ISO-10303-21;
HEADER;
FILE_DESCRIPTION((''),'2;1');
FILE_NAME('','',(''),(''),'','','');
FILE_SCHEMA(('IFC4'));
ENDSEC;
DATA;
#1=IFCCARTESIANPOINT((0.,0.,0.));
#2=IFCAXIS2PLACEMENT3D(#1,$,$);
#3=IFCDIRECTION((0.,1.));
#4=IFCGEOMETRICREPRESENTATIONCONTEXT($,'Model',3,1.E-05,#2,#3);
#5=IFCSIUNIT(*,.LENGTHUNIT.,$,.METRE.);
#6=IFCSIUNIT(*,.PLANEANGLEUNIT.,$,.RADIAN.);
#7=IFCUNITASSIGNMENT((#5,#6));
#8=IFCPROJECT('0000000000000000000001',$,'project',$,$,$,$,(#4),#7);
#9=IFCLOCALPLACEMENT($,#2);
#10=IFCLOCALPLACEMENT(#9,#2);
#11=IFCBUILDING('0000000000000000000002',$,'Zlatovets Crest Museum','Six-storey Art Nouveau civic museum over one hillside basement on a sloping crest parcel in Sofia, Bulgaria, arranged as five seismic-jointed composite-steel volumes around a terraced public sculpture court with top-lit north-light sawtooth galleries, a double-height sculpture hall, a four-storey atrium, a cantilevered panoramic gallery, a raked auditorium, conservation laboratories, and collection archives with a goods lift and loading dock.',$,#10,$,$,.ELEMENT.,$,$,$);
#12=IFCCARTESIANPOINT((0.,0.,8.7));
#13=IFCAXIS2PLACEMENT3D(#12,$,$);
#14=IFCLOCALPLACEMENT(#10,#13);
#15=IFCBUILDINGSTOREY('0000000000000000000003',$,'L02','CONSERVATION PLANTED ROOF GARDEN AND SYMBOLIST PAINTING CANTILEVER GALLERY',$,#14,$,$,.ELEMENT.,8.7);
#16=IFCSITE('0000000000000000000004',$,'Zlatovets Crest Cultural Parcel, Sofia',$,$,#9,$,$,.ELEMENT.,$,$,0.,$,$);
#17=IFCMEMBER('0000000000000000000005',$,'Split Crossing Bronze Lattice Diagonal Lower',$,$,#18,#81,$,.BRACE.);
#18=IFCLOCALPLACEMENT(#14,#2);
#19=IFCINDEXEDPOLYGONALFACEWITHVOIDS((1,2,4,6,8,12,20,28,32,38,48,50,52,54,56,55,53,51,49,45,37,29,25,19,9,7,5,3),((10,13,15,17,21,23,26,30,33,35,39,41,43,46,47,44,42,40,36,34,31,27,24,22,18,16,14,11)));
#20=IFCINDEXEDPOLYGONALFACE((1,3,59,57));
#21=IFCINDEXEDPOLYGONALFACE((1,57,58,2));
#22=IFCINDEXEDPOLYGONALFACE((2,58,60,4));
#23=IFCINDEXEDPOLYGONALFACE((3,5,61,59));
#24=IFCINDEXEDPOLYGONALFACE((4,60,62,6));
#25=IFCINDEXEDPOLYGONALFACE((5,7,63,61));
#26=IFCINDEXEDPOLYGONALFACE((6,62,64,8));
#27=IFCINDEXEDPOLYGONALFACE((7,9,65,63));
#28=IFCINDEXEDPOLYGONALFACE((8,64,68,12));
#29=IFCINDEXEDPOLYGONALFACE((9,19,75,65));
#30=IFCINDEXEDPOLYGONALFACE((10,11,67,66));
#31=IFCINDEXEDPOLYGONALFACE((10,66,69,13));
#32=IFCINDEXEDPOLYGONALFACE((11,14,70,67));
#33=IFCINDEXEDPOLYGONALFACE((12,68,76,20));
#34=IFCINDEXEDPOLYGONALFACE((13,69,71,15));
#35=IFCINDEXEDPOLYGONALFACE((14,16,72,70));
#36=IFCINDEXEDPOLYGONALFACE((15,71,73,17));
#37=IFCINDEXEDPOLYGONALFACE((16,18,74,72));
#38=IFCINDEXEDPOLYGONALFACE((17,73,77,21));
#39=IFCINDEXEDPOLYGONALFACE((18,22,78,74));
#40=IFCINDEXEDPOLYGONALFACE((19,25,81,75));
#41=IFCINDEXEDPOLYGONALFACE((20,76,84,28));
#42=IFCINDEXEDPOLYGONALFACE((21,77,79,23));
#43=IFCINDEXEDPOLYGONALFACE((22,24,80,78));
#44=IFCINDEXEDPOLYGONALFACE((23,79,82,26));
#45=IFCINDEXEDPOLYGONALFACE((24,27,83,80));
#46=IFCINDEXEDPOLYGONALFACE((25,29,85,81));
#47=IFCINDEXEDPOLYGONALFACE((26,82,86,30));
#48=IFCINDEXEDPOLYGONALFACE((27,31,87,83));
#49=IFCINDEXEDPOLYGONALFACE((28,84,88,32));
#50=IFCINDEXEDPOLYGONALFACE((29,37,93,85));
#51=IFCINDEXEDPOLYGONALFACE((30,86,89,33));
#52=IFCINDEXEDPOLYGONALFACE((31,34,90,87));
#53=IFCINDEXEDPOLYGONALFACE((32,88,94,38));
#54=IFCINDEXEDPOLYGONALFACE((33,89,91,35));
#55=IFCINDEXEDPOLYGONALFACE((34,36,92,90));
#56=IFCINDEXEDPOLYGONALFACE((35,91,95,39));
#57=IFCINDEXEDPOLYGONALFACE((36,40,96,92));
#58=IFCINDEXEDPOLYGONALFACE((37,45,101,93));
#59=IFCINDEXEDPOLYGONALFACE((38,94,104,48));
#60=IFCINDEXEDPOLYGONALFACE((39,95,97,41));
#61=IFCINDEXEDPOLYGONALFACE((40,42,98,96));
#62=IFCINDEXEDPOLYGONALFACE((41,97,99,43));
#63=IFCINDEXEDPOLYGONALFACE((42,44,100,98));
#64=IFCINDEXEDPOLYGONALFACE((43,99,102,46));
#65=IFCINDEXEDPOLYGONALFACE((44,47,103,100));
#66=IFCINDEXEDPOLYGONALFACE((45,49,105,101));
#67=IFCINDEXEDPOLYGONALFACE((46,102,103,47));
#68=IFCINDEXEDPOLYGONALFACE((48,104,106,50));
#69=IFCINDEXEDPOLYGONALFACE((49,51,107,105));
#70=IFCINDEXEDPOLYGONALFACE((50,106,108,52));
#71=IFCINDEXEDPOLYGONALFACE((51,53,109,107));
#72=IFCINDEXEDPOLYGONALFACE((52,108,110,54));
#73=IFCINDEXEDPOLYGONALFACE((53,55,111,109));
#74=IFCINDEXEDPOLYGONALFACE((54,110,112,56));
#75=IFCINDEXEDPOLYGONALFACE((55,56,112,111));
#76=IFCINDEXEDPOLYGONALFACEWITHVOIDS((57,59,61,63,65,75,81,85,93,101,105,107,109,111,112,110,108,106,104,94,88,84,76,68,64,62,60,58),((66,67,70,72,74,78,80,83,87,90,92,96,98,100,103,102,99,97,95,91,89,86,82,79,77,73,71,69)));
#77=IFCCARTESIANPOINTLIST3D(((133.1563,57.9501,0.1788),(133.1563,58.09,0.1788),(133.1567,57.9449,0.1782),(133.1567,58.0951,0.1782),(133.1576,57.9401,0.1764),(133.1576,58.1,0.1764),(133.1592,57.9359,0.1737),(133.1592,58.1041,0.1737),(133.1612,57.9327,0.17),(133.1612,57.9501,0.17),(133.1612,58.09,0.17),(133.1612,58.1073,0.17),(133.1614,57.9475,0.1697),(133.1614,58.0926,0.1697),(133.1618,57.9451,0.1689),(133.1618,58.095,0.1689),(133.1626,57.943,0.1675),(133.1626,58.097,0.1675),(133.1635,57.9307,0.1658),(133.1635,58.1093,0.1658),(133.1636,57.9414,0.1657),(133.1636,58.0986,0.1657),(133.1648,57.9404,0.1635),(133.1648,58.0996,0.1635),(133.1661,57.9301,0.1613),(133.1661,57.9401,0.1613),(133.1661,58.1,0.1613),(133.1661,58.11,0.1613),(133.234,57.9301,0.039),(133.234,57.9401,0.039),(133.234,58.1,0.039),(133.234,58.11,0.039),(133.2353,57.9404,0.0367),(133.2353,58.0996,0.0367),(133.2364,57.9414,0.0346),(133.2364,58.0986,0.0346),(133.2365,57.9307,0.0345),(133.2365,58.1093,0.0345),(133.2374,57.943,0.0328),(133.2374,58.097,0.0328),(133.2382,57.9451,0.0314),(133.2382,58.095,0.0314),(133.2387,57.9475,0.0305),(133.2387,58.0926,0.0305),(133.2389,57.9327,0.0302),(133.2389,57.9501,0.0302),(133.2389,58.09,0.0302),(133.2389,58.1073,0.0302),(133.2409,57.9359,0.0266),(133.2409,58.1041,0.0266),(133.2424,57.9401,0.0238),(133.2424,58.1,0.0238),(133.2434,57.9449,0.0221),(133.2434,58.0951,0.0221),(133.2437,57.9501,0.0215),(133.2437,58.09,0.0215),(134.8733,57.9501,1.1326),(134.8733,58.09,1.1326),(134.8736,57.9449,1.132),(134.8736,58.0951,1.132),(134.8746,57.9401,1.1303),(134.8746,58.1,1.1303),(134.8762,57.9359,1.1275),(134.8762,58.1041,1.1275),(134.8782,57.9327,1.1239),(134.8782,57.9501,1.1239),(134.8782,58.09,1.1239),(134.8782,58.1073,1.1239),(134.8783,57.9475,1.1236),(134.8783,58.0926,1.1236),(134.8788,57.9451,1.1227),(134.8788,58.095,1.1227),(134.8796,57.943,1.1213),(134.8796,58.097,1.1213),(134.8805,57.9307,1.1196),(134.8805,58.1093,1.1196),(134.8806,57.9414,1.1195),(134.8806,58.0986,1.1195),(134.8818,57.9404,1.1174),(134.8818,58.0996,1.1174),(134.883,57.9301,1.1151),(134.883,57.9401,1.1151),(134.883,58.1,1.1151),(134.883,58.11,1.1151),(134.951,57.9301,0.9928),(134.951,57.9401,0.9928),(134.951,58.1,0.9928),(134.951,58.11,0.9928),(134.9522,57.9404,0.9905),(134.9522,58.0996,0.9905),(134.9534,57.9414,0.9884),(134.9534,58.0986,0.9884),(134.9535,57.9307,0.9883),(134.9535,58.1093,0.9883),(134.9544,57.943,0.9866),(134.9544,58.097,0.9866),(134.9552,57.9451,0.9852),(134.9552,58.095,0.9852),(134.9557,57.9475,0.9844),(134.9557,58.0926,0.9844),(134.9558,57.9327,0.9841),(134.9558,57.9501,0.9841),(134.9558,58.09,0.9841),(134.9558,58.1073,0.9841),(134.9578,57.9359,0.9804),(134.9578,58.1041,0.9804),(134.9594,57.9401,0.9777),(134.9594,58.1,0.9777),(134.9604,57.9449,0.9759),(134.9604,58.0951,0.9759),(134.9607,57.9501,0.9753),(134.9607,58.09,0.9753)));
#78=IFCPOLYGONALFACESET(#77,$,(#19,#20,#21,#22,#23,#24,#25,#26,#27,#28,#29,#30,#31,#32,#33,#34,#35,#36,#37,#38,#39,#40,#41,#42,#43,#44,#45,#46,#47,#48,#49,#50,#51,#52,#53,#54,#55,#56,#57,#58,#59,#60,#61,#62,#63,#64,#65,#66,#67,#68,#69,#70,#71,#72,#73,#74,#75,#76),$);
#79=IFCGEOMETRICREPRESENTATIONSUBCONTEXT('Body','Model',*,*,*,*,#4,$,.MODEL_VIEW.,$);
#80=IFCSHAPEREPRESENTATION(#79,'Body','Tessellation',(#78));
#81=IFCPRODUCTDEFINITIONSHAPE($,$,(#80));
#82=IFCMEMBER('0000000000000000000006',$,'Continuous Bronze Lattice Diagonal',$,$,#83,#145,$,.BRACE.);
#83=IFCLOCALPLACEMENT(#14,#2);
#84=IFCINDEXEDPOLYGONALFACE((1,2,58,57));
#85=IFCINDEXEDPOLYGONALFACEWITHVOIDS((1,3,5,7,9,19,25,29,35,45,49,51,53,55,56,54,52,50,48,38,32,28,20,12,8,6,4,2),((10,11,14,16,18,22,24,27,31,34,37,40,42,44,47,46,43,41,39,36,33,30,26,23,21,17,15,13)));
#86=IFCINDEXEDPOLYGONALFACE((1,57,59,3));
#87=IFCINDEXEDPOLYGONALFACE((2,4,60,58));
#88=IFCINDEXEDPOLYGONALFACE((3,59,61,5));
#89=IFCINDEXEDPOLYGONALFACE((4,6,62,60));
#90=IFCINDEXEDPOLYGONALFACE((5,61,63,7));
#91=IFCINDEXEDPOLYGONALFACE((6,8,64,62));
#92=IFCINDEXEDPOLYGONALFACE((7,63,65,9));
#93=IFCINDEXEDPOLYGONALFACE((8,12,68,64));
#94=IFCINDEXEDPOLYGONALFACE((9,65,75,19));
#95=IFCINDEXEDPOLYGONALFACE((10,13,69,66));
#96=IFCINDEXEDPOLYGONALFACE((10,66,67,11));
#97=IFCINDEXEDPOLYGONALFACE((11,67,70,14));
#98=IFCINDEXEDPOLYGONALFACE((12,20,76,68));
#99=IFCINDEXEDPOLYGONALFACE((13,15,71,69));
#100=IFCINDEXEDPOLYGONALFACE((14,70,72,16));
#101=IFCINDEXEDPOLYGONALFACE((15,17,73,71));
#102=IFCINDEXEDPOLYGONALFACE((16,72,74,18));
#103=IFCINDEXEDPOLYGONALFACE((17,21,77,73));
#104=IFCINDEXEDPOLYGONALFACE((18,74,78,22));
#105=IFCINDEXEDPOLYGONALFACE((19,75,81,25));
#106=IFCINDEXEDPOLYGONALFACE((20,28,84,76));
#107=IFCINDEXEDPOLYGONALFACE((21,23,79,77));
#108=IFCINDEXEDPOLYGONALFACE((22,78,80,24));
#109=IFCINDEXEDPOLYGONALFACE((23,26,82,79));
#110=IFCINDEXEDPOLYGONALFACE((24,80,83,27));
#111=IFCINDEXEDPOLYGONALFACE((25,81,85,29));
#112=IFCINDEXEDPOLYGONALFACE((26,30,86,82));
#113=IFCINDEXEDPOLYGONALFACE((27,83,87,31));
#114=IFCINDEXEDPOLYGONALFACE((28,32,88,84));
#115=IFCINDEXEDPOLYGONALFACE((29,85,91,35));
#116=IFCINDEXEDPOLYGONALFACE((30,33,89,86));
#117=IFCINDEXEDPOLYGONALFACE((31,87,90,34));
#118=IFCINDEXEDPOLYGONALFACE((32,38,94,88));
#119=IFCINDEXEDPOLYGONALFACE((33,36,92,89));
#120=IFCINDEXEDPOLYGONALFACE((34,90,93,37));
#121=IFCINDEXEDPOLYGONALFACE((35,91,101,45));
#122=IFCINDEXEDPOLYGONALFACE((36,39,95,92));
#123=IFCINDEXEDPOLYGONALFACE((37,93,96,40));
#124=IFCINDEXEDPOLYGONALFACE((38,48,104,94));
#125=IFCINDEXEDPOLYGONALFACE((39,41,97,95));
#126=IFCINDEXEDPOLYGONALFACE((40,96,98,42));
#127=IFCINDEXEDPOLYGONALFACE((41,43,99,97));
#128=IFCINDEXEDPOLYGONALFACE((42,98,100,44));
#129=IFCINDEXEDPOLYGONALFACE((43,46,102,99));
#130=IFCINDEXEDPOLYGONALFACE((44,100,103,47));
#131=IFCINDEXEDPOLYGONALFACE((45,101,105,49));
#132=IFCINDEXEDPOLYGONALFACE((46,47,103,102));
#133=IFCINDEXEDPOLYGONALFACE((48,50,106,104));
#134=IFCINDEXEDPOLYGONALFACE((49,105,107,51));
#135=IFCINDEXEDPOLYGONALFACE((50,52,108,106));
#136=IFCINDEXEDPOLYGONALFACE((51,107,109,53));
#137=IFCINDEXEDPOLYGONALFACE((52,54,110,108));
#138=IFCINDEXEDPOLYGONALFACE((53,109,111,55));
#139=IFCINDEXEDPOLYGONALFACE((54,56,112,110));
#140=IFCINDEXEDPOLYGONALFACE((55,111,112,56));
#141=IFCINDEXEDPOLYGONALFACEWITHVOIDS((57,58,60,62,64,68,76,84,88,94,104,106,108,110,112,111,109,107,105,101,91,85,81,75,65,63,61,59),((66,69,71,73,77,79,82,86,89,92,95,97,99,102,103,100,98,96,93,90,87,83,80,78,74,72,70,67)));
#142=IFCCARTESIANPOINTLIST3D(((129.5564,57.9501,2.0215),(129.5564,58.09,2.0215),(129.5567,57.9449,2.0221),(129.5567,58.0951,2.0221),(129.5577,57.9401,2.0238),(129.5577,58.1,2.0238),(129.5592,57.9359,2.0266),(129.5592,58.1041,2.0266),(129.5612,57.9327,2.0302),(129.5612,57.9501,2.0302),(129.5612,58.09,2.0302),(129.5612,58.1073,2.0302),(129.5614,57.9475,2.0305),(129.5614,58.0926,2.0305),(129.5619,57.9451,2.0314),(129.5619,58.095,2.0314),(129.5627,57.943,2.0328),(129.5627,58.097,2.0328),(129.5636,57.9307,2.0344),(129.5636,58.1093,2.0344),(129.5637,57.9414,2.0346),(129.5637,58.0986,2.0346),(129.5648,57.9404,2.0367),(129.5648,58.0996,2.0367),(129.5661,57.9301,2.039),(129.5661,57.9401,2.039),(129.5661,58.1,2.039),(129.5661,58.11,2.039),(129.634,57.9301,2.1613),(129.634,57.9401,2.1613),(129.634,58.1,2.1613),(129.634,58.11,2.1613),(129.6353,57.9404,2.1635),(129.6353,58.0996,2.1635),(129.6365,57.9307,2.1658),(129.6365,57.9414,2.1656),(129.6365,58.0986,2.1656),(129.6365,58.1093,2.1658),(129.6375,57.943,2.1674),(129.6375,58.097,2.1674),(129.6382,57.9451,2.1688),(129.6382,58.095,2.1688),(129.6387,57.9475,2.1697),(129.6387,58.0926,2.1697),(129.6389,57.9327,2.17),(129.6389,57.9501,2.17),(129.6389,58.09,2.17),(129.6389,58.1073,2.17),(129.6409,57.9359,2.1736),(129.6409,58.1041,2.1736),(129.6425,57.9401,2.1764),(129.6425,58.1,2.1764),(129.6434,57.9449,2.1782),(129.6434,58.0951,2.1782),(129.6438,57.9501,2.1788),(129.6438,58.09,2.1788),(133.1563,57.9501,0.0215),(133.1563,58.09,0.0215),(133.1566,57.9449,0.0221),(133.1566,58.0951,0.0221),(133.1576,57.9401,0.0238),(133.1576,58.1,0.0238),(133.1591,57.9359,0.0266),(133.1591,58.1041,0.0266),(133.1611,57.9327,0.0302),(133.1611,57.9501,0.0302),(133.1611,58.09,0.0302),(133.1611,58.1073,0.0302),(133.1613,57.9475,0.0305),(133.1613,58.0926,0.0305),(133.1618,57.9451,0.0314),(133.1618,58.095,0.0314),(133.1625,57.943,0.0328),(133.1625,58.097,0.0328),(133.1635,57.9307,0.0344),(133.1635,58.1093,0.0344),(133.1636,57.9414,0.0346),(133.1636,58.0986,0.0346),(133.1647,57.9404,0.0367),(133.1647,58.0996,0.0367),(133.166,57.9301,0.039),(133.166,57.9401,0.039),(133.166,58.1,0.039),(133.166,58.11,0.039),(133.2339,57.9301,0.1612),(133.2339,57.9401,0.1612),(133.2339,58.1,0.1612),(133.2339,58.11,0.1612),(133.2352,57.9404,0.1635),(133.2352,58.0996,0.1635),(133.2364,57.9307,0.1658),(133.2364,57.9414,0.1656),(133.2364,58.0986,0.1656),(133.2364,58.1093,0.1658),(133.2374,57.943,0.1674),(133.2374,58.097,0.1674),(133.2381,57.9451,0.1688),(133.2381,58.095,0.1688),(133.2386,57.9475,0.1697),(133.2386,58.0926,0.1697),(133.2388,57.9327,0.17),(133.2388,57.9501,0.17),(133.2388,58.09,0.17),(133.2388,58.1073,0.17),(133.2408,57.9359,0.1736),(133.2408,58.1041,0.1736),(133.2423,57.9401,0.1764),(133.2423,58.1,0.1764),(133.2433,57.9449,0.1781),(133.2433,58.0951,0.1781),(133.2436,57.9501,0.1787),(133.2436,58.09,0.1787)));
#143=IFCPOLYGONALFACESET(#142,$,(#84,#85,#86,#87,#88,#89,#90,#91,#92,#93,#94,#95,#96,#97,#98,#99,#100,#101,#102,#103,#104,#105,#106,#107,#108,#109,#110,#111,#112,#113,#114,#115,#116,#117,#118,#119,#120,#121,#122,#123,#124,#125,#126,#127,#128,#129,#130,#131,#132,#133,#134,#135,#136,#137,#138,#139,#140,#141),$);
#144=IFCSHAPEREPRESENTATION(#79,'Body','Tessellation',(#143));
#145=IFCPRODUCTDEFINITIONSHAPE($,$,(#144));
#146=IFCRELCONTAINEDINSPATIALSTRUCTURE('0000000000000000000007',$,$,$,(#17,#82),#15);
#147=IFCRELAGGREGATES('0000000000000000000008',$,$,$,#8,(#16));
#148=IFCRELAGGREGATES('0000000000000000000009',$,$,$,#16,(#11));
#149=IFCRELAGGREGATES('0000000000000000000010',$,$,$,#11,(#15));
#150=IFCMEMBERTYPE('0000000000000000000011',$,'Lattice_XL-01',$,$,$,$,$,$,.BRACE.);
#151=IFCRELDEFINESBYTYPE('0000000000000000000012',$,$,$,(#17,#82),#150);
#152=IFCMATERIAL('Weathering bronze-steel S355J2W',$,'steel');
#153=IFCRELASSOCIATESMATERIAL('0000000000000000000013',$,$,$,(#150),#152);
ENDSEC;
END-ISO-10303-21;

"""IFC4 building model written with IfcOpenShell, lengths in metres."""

from ifc_helpers import new_model, si_unit, direction, frame, origin, origin_2d, place, context, subcontext, project, spatial, hollow_rectangle, extrude, material, material_profile, profile_set, type_object, element, save


model = new_model("IFC4")

# Units and contexts
model_context = context("Model", 3, precision=1e-05, world=origin(), true_north=direction((0.0, 1.0)))
body_context = subcontext(model_context, "Body", "Model", "MODEL_VIEW")
ifc_project = project(units=[si_unit("LENGTHUNIT", "METRE"), si_unit("PLANEANGLEUNIT", "RADIAN")], contexts=[model_context])

# Site, building, storey
site_placement = place(None, origin())
site = spatial("IfcSite", under=ifc_project, at=site_placement, Name="Zlatovets Crest Cultural Parcel, Sofia", CompositionType="ELEMENT", RefElevation=0.0)
building_placement = place(site_placement, origin())
building = spatial("IfcBuilding", under=site, at=building_placement, Name="Zlatovets Crest Museum", Description="Six-storey Art Nouveau civic museum over one hillside basement on a sloping crest parcel in Sofia, Bulgaria, arranged as five seismic-jointed composite-steel volumes around a terraced public sculpture court with top-lit north-light sawtooth galleries, a double-height sculpture hall, a four-storey atrium, a cantilevered panoramic gallery, a raked auditorium, conservation laboratories, and collection archives with a goods lift and loading dock.", CompositionType="ELEMENT")
storey_placement = place(building_placement, frame((0.0, 0.0, 8.7)))
storey = spatial("IfcBuildingStorey", under=building, at=storey_placement, Name="L02", Description="CONSERVATION PLANTED ROOF GARDEN AND SYMBOLIST PAINTING CANTILEVER GALLERY", CompositionType="ELEMENT", Elevation=8.7)

# Members
ifc_material_1 = material(Name="Weathering bronze-steel S355J2W", Category="steel")
ifc_material_profile_1 = material_profile(ifc_material_1, hollow_rectangle(XDim=0.1799, YDim=0.1799, WallThickness=0.01, InnerFilletRadius=0.01, OuterFilletRadius=0.02, at=origin_2d()), Name="SHS 180x180x10.0")
ifc_profile_set_1 = profile_set([ifc_material_profile_1], Name="Weathering bronze-steel S355J2W")
member_type_1 = type_object("IfcMemberType", Name="Lattice_XL-01", PredefinedType="BRACE", material=ifc_profile_set_1)
for number, where, z_axis, x_axis, name in (
    (1, (134.917, 58.02, 1.054), (-0.874169, 0.0, -0.485622), (0.0, -1.0, 0.0), "Split Crossing Bronze Lattice Diagonal Lower"),
):
    element("IfcMember", number, at=place(storey_placement, frame(where, z_axis=z_axis, x_axis=x_axis)), inside=storey, type_object=member_type_1, Name=name, PredefinedType="BRACE", context=body_context, shape_type="SweptSolid", body=[
        extrude(hollow_rectangle(XDim=0.1799, YDim=0.1799, WallThickness=0.01, InnerFilletRadius=0.01, OuterFilletRadius=0.02, at=origin_2d()), origin(), (0.0, 0.0, 1.0), 1.9641),
    ])
member_1_placement = place(storey_placement, frame((133.2, 58.02, 0.1001), z_axis=(-0.874149, 0.0, 0.485658), x_axis=(0.0, -1.0, 0.0)))
element("IfcMember", 2, at=member_1_placement, inside=storey, type_object=member_type_1, Name="Continuous Bronze Lattice Diagonal", PredefinedType="BRACE", context=body_context, shape_type="SweptSolid", body=[
    extrude(hollow_rectangle(XDim=0.1799, YDim=0.1799, WallThickness=0.01, InnerFilletRadius=0.01, OuterFilletRadius=0.02, at=origin_2d()), origin(), (0.0, 0.0, 1.0), 4.1182),
])

save(model, "model.ifc")
